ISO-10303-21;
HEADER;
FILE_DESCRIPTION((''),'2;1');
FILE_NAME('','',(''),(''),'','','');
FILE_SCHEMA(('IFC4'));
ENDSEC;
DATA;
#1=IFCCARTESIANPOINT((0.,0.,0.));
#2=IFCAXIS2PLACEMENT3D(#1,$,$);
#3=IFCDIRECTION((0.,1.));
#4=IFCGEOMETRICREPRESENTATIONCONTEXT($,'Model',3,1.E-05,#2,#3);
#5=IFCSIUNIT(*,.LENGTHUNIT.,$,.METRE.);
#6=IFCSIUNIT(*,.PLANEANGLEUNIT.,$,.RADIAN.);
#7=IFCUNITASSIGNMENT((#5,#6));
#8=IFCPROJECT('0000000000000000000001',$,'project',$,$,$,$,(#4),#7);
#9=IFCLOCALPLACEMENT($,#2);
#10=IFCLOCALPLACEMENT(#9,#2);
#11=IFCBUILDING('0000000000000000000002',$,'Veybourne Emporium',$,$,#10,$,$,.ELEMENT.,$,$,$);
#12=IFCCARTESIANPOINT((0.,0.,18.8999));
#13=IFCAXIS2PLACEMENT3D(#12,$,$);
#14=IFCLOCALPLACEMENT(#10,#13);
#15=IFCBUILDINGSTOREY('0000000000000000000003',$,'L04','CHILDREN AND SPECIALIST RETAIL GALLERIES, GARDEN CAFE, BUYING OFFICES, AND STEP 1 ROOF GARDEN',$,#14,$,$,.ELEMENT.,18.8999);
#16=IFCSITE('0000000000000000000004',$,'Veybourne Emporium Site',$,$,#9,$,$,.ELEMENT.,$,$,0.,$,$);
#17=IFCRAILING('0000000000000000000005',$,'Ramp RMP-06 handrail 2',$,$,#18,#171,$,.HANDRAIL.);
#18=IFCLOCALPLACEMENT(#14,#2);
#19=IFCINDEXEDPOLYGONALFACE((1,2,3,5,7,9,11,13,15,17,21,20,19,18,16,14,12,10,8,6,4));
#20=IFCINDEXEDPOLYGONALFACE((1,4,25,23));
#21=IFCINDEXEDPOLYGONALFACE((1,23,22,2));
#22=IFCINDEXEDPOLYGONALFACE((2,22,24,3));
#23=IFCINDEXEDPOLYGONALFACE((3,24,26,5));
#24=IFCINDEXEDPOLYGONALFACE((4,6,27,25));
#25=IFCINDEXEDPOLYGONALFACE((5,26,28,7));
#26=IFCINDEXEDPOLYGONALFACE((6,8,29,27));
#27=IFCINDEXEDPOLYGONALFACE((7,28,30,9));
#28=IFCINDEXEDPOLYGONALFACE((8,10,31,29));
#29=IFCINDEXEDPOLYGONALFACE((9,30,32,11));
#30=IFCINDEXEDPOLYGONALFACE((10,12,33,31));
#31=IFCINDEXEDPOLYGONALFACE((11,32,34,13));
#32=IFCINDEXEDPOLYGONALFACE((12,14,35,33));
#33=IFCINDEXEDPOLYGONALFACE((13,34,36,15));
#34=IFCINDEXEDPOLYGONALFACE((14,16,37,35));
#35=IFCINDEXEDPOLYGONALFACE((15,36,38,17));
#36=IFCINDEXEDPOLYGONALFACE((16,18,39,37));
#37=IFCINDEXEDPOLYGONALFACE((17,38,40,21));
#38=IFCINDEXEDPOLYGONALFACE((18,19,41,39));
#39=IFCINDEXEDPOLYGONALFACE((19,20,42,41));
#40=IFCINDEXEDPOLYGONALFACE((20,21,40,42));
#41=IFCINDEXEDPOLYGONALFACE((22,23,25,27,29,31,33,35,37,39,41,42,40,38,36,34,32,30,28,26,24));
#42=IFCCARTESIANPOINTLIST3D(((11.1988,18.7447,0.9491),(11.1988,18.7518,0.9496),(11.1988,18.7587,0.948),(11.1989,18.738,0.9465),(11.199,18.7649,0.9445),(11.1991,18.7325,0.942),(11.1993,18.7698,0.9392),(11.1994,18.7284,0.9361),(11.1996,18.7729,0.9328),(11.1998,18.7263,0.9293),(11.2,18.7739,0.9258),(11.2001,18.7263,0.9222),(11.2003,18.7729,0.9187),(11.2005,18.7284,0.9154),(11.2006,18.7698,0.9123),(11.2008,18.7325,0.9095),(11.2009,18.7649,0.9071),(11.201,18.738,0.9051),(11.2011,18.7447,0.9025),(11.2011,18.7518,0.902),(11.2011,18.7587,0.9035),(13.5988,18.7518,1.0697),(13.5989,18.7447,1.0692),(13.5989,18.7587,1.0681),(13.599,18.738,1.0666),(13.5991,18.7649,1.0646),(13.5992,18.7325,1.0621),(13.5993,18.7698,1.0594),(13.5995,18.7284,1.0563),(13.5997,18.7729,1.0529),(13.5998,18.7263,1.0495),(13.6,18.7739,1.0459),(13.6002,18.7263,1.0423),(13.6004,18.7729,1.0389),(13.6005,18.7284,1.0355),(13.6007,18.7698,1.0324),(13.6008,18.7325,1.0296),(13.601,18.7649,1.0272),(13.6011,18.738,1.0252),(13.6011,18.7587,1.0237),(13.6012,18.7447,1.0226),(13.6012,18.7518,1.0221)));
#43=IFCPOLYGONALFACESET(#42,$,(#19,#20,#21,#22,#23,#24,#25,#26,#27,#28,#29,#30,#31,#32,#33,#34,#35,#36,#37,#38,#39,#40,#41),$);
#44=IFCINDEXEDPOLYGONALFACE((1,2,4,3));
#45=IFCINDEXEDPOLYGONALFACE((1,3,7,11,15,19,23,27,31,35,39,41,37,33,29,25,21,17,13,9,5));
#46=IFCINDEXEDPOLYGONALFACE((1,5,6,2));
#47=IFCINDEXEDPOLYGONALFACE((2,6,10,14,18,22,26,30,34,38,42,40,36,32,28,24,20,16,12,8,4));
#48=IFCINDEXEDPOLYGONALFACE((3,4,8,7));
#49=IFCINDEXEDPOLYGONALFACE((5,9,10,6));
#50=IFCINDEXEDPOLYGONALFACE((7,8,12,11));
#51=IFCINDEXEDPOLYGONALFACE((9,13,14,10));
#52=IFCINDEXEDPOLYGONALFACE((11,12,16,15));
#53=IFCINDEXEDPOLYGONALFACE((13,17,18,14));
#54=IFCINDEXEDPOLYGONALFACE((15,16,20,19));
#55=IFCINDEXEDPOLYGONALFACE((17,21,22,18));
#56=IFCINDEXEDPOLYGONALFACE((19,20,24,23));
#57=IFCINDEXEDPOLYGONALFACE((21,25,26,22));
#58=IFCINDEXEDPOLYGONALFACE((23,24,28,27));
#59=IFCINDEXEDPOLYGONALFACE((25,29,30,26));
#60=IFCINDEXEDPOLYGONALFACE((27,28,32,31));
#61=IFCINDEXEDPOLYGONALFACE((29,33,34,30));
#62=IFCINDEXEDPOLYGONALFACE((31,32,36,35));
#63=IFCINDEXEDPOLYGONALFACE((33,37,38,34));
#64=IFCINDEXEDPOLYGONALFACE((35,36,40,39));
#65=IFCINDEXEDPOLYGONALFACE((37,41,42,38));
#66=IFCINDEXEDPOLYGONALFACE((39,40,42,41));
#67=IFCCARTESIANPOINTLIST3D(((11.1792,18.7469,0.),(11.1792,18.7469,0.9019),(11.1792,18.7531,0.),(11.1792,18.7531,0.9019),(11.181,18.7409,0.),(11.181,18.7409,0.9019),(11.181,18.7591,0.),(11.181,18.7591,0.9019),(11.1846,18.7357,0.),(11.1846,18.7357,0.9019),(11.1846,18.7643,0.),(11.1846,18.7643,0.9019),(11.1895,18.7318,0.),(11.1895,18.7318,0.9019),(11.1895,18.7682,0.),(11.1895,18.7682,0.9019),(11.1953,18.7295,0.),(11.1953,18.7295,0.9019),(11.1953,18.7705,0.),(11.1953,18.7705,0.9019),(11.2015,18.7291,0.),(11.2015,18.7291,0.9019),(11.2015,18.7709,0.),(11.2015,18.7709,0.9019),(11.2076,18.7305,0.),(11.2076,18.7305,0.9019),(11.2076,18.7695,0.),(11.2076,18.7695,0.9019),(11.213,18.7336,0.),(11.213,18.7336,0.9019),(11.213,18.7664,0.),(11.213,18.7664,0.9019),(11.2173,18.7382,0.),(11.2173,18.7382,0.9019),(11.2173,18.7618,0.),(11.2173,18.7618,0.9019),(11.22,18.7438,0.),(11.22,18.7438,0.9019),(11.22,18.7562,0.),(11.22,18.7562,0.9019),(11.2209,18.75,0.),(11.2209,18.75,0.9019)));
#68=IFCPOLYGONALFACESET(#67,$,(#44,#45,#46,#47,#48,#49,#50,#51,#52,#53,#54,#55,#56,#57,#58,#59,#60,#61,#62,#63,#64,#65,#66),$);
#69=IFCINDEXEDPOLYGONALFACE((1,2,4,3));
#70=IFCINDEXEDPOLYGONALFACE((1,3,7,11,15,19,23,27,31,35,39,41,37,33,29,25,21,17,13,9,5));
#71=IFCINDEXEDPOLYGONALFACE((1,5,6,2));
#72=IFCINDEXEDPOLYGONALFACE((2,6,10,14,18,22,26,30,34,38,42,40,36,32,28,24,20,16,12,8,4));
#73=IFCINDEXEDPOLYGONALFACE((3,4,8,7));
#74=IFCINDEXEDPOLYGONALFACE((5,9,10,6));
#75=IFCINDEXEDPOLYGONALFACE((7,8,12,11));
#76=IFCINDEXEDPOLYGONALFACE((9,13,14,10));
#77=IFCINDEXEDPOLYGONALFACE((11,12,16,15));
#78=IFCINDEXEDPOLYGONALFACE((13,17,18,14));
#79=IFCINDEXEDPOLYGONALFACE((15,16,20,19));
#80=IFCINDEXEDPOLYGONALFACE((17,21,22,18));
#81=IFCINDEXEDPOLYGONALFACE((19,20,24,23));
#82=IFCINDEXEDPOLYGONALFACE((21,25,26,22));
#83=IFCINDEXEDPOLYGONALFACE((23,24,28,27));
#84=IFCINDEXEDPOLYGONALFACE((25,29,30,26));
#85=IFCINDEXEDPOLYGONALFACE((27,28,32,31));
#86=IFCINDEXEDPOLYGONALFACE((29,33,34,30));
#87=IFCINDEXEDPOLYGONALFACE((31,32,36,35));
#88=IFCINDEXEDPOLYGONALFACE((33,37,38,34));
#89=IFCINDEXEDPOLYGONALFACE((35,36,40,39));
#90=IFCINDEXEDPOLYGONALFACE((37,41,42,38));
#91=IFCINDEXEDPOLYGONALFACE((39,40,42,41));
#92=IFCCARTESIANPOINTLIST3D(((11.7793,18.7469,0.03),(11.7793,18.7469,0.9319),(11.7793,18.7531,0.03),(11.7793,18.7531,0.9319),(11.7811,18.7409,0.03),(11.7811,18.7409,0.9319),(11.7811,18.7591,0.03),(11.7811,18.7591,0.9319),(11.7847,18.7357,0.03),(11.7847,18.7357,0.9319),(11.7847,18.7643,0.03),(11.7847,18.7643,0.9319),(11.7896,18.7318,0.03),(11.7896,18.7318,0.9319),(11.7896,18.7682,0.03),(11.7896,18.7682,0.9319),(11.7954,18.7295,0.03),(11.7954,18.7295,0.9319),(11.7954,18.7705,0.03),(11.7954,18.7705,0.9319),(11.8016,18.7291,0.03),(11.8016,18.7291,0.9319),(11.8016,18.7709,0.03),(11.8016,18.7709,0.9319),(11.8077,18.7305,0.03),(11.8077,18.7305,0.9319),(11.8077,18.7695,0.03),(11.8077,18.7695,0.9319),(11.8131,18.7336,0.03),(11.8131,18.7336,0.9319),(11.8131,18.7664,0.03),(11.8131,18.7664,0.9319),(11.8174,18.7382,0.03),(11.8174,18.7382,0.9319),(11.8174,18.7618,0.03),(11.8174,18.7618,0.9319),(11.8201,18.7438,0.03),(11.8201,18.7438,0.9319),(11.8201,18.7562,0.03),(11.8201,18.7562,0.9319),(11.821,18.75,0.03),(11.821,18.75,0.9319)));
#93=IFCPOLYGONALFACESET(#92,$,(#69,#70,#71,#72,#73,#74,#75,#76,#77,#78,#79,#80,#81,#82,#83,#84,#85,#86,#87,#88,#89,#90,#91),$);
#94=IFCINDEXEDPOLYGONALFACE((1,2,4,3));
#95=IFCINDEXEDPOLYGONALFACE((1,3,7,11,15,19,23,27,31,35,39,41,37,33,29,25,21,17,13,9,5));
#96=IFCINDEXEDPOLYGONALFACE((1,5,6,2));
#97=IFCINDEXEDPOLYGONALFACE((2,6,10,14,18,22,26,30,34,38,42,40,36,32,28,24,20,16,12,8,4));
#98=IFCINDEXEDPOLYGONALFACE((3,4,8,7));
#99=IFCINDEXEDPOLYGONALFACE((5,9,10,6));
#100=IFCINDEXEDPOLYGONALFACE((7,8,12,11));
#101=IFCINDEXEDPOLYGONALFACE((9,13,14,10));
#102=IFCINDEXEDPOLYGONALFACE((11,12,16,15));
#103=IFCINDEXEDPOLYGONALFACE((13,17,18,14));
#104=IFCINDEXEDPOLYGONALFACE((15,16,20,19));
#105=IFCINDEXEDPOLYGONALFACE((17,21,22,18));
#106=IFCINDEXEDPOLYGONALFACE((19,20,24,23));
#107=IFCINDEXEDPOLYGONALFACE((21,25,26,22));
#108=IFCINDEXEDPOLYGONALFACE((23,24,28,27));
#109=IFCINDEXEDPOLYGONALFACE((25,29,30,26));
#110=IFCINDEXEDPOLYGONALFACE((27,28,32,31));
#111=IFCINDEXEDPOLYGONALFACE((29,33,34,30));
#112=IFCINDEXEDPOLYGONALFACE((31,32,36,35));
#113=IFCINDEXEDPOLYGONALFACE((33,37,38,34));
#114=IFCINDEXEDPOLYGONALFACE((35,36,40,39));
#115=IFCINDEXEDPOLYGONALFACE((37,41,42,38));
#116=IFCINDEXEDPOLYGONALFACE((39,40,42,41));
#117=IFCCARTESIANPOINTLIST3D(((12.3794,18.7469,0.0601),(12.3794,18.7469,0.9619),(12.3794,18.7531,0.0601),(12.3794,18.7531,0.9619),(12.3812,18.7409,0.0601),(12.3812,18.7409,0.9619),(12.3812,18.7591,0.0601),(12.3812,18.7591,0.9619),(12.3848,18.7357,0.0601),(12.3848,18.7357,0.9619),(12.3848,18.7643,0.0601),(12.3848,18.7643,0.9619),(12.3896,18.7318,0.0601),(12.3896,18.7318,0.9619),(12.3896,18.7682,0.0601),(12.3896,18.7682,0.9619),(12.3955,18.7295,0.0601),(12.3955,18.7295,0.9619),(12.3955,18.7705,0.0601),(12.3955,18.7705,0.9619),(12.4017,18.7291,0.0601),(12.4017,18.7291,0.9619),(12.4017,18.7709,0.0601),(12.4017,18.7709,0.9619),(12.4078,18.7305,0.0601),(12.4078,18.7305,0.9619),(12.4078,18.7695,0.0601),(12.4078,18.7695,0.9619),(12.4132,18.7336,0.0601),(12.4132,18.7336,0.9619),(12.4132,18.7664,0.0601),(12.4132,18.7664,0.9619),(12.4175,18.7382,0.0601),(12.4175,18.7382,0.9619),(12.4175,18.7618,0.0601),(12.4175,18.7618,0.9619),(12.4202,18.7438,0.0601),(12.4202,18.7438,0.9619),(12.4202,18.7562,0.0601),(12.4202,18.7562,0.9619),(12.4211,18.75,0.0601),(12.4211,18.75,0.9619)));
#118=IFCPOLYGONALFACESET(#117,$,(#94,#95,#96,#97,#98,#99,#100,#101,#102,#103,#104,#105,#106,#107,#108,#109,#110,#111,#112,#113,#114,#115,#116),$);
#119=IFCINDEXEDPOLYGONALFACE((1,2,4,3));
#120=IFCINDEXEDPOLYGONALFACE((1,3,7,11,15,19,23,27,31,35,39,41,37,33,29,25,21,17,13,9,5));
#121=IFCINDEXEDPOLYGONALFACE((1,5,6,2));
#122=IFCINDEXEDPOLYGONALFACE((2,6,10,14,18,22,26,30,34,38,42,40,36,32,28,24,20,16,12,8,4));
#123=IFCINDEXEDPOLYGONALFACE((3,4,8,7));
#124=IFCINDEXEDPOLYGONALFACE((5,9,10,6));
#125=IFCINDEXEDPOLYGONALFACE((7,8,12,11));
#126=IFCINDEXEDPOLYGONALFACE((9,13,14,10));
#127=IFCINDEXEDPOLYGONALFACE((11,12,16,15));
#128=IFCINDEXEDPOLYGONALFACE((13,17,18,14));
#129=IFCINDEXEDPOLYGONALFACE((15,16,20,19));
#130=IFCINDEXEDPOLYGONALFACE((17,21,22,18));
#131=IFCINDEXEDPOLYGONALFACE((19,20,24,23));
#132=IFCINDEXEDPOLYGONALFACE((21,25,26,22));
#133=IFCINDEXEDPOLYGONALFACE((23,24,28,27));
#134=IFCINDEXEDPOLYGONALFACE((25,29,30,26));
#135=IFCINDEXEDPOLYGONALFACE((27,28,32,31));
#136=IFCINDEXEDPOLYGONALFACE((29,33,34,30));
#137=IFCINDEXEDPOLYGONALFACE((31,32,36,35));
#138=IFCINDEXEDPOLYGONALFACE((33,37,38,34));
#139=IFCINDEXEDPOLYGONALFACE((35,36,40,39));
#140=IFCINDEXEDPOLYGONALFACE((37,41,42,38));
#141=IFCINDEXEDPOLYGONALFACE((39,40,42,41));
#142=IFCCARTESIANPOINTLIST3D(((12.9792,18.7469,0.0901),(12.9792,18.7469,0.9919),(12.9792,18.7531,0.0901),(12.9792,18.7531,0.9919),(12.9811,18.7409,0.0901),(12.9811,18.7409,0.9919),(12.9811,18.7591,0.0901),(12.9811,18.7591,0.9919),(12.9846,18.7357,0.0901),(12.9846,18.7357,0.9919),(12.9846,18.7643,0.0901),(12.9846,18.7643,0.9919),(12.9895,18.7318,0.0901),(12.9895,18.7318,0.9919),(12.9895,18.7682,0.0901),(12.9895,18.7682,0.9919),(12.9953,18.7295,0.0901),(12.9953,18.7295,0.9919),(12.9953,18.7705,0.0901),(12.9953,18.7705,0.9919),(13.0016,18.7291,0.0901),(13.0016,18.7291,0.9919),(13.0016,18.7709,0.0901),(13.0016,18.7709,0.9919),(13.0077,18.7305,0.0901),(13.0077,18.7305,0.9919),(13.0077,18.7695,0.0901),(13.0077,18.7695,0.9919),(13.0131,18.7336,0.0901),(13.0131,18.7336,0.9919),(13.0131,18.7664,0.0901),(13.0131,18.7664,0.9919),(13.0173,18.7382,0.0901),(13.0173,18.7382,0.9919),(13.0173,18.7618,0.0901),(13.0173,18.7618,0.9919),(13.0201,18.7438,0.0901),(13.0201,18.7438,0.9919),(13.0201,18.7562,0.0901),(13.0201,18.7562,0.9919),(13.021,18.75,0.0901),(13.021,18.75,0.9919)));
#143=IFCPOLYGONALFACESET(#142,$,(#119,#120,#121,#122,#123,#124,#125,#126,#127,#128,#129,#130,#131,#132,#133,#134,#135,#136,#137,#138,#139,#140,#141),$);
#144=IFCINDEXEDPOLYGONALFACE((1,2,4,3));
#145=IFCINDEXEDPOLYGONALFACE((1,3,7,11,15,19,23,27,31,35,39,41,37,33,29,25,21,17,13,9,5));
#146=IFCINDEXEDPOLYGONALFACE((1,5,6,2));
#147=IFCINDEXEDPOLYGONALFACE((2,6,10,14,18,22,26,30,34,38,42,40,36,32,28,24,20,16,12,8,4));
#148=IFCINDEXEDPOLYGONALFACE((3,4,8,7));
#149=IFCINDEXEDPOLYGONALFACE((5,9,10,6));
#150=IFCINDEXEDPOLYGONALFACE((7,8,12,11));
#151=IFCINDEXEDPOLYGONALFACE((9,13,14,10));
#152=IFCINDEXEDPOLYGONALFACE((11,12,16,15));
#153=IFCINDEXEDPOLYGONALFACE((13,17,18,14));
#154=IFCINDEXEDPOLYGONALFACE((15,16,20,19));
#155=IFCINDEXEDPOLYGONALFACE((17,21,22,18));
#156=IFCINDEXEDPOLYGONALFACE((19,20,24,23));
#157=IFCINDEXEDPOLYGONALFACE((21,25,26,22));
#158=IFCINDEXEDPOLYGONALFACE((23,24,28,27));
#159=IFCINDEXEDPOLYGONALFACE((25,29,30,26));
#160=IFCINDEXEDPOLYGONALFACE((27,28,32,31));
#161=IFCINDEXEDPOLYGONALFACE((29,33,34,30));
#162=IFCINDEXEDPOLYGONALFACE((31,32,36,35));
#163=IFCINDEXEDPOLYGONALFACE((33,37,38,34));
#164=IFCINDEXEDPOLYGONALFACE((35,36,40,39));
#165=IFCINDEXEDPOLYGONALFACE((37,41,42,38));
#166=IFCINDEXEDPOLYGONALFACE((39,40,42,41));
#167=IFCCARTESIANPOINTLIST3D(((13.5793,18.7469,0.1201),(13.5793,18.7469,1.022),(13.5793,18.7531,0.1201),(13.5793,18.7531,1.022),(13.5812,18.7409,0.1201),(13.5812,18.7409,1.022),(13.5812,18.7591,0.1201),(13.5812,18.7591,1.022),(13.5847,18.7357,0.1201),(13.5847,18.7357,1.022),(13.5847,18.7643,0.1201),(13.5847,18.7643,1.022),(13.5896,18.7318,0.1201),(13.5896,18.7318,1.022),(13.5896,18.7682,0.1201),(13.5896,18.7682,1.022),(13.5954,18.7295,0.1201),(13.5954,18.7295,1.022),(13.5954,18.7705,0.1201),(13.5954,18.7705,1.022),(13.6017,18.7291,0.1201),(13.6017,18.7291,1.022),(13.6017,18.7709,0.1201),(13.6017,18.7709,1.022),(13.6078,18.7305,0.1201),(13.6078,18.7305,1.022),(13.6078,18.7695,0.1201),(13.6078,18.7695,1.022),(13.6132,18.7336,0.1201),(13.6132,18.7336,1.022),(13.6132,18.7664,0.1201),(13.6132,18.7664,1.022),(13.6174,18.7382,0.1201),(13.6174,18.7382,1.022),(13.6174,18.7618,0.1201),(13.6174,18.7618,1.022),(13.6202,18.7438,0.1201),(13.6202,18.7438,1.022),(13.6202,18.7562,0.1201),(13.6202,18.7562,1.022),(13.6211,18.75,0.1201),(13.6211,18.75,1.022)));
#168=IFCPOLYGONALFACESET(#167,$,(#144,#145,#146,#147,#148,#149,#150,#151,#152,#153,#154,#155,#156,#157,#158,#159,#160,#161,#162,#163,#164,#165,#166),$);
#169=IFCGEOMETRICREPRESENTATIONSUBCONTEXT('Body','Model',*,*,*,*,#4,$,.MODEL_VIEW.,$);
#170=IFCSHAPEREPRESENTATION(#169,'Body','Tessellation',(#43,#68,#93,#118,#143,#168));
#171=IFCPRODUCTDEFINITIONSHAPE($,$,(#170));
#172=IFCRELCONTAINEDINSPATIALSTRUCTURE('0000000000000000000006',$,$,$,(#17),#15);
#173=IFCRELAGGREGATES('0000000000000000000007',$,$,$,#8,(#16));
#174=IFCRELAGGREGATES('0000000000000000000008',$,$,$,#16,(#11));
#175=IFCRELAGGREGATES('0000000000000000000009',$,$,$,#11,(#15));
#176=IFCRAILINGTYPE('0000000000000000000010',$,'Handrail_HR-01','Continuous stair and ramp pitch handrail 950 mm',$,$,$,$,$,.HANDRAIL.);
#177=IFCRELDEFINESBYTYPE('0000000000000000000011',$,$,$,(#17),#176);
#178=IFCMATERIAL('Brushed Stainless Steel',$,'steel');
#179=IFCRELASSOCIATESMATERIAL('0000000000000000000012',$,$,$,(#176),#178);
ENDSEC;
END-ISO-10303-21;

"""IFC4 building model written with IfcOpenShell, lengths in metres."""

from ifc_helpers import new_model, si_unit, direction, frame, origin, origin_2d, place, context, subcontext, project, spatial, circle, extrude, material, type_object, element, save


model = new_model("IFC4")

# Units and contexts
model_context = context("Model", 3, precision=1e-05, world=origin(), true_north=direction((0.0, 1.0)))
body_context = subcontext(model_context, "Body", "Model", "MODEL_VIEW")
ifc_project = project(units=[si_unit("LENGTHUNIT", "METRE"), si_unit("PLANEANGLEUNIT", "RADIAN")], contexts=[model_context])

# Site, building, storey
site_placement = place(None, origin())
site = spatial("IfcSite", under=ifc_project, at=site_placement, Name="Veybourne Emporium Site", CompositionType="ELEMENT", RefElevation=0.0)
building_placement = place(site_placement, origin())
building = spatial("IfcBuilding", under=site, at=building_placement, Name="Veybourne Emporium", CompositionType="ELEMENT")
storey_placement = place(building_placement, frame((0.0, 0.0, 18.8999)))
storey = spatial("IfcBuildingStorey", under=building, at=storey_placement, Name="L04", Description="CHILDREN AND SPECIALIST RETAIL GALLERIES, GARDEN CAFE, BUYING OFFICES, AND STEP 1 ROOF GARDEN", CompositionType="ELEMENT", Elevation=18.8999)

# Railing
ifc_material_1 = material(Name="Brushed Stainless Steel", Category="steel")
railing_type_1 = type_object("IfcRailingType", Name="Handrail_HR-01", Description="Continuous stair and ramp pitch handrail 950 mm", PredefinedType="HANDRAIL", material=ifc_material_1)
for number, where, name in (
    (1, (11.2, 18.75, 0.0), "Ramp RMP-06 handrail 2"),
):
    element("IfcRailing", number, at=place(storey_placement, frame(where)), inside=storey, type_object=railing_type_1, Name=name, PredefinedType="HANDRAIL", context=body_context, shape_type="SweptSolid", body=[
        extrude(circle(Radius=0.0239, at=origin_2d()), frame((0.0, 0.0, 0.9258), z_axis=(0.99875, 0.0, 0.049983), x_axis=(0.0, 1.0, 0.0)), (0.0, 0.0, 1.0), 2.4031),
        extrude(circle(Radius=0.021, at=origin_2d()), origin(), (0.0, 0.0, 1.0), 0.9019),
        extrude(circle(Radius=0.021, at=origin_2d()), frame((0.6001, 0.0, 0.03)), (0.0, 0.0, 1.0), 0.9019),
        extrude(circle(Radius=0.021, at=origin_2d()), frame((1.2002, 0.0, 0.0601)), (0.0, 0.0, 1.0), 0.9019),
        extrude(circle(Radius=0.021, at=origin_2d()), frame((1.8, 0.0, 0.0901)), (0.0, 0.0, 1.0), 0.9019),
        extrude(circle(Radius=0.021, at=origin_2d()), frame((2.4001, 0.0, 0.1201)), (0.0, 0.0, 1.0), 0.9019),
    ])

save(model, "model.ifc")
